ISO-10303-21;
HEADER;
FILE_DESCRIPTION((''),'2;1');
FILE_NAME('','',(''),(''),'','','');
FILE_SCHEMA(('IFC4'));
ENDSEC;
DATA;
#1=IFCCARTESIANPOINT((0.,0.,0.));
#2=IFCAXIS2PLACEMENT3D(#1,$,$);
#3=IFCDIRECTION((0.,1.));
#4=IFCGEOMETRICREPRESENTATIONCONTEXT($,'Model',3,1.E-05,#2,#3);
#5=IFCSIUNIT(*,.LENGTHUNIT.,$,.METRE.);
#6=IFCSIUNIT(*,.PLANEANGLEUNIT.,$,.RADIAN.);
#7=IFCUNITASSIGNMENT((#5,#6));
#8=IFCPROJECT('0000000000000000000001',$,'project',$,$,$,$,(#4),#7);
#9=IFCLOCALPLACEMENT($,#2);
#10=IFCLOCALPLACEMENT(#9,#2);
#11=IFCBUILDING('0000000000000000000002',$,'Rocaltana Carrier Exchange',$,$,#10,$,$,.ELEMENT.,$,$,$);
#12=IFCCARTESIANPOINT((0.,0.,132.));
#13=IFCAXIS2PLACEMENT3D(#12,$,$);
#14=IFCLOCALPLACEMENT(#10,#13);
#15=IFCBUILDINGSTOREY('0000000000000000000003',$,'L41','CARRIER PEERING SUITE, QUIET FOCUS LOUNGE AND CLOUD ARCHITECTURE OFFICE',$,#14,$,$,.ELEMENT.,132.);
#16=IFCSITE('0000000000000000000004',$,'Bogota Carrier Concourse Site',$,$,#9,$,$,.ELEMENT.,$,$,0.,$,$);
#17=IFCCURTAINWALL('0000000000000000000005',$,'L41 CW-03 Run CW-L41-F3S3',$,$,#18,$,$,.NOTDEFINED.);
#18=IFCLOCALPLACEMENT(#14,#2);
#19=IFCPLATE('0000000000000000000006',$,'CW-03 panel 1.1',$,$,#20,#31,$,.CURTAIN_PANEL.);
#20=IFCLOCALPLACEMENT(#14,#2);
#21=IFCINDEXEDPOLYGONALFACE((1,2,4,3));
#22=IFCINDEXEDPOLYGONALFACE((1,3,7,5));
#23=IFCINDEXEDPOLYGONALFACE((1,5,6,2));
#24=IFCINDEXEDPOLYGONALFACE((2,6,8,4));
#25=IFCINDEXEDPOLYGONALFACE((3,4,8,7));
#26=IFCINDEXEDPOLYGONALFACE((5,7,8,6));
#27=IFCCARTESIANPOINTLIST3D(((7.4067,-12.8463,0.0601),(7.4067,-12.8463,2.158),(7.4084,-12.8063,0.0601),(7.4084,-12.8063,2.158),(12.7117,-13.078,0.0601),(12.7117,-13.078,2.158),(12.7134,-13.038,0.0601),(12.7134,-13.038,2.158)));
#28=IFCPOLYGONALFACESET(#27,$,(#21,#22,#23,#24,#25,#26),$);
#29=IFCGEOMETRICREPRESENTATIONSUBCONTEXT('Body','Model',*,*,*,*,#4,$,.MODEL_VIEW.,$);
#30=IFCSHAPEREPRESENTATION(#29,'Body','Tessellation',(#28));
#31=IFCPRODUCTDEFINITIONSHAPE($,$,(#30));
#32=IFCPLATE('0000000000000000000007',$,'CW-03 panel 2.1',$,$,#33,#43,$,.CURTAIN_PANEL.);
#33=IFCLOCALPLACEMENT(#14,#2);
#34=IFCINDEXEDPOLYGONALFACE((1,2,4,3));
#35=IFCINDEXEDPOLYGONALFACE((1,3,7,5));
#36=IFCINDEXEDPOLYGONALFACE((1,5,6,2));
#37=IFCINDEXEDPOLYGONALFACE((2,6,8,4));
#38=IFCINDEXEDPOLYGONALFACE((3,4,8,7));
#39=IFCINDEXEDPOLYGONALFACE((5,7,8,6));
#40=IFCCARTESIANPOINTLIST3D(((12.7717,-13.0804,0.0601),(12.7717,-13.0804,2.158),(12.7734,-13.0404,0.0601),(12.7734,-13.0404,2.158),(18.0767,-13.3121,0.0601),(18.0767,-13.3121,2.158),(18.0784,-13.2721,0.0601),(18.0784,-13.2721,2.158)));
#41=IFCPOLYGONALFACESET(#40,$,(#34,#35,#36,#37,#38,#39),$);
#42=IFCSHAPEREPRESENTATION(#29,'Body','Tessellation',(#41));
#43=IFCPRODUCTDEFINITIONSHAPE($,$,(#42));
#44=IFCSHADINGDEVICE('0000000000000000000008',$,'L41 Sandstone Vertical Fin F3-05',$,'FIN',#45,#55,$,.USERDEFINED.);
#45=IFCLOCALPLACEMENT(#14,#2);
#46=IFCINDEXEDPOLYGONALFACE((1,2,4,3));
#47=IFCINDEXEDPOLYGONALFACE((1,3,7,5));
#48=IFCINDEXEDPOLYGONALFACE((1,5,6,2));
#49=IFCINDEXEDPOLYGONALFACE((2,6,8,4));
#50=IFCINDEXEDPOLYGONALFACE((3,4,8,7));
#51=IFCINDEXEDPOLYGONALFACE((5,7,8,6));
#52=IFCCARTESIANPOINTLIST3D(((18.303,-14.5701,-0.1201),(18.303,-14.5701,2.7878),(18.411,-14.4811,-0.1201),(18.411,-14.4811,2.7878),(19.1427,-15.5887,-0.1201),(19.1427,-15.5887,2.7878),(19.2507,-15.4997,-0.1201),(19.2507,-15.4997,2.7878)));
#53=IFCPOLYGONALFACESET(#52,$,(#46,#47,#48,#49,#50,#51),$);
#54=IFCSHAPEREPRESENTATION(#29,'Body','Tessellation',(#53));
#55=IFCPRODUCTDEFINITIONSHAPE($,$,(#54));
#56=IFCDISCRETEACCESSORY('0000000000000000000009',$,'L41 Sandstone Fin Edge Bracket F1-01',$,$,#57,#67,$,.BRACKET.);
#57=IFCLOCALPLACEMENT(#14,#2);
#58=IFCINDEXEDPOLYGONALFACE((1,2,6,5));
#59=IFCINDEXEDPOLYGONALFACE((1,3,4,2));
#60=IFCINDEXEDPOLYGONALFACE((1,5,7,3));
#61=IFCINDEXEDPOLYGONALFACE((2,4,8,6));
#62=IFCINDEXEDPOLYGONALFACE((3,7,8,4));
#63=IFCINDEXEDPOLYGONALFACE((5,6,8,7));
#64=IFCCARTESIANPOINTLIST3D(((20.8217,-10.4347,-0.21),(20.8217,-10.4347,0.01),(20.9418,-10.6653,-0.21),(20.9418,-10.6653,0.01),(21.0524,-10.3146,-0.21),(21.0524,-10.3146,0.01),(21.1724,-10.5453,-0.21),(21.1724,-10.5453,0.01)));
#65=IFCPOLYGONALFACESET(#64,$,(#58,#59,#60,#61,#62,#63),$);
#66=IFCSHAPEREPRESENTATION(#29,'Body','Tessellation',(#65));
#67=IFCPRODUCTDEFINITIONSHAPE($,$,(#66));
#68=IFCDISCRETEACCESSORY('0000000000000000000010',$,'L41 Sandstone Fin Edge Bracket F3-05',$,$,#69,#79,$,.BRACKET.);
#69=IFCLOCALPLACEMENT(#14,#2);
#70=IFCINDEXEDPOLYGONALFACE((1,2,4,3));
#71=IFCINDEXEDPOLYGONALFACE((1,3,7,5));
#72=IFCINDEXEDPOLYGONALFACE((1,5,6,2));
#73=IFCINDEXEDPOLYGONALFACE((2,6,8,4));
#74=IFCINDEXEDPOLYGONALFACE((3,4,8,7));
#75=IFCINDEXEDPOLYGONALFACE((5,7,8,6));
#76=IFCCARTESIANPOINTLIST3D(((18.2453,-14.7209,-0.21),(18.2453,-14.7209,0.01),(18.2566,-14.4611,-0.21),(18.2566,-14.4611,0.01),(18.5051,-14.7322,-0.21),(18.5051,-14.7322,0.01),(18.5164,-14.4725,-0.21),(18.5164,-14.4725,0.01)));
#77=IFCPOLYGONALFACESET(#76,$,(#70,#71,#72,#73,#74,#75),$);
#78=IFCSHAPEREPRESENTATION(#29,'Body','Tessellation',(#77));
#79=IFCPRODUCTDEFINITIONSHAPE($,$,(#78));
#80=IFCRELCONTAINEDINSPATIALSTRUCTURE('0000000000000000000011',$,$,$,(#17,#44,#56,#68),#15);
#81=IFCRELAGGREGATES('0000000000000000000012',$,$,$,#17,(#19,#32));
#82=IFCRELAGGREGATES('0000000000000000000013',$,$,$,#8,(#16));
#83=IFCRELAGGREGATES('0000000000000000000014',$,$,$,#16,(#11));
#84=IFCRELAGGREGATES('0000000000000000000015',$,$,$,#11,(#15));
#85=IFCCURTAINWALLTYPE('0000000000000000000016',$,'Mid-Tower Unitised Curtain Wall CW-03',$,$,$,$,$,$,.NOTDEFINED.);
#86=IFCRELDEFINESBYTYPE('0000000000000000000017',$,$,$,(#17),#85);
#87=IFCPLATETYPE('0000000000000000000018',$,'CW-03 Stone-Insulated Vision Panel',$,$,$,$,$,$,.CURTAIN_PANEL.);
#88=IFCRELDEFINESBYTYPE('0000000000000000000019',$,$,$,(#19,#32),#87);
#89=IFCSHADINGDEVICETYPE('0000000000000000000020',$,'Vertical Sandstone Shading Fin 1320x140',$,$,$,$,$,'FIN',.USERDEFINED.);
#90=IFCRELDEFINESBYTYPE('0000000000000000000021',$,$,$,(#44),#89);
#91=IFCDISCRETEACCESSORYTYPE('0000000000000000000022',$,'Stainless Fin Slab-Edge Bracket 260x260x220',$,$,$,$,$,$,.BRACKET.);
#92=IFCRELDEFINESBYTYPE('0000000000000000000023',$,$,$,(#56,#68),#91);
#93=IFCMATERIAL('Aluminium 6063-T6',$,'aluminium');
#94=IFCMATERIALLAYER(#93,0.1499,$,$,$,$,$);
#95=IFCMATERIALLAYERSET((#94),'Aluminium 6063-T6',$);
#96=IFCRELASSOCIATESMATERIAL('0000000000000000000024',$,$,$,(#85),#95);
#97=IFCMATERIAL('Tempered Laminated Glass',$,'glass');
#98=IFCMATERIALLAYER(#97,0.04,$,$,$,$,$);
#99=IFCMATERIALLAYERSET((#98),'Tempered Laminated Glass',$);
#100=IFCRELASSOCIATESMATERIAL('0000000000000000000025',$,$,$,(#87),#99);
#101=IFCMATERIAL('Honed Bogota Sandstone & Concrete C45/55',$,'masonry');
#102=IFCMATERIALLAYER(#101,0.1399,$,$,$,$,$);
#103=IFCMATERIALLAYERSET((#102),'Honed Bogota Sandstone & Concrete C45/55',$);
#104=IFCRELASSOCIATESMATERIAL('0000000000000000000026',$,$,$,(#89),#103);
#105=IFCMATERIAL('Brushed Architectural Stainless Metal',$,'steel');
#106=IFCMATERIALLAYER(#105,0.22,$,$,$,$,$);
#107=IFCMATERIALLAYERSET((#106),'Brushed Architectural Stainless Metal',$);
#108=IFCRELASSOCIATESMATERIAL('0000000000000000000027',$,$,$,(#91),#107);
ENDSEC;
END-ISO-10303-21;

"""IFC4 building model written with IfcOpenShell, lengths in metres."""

from ifc_helpers import new_model, si_unit, direction, frame, origin, origin_2d, place, context, subcontext, project, spatial, rectangle, extrude, material, layer, layer_set, type_object, element, aggregate, save


model = new_model("IFC4")

# Units and contexts
model_context = context("Model", 3, precision=1e-05, world=origin(), true_north=direction((0.0, 1.0)))
body_context = subcontext(model_context, "Body", "Model", "MODEL_VIEW")
ifc_project = project(units=[si_unit("LENGTHUNIT", "METRE"), si_unit("PLANEANGLEUNIT", "RADIAN")], contexts=[model_context])

# Site, building, storey
site_placement = place(None, origin())
site = spatial("IfcSite", under=ifc_project, at=site_placement, Name="Bogota Carrier Concourse Site", CompositionType="ELEMENT", RefElevation=0.0)
building_placement = place(site_placement, origin())
building = spatial("IfcBuilding", under=site, at=building_placement, Name="Rocaltana Carrier Exchange", CompositionType="ELEMENT")
storey_placement = place(building_placement, frame((0.0, 0.0, 132.0)))
storey = spatial("IfcBuildingStorey", under=building, at=storey_placement, Name="L41", Description="CARRIER PEERING SUITE, QUIET FOCUS LOUNGE AND CLOUD ARCHITECTURE OFFICE", CompositionType="ELEMENT", Elevation=132.0)

# Shared definitions
ifc_material_1 = material(Name="Aluminium 6063-T6", Category="aluminium")
ifc_layer_1 = layer(ifc_material_1, 0.1499)
ifc_layer_set_1 = layer_set([ifc_layer_1], Name="Aluminium 6063-T6")
curtain_wall_type = type_object("IfcCurtainWallType", Name="Mid-Tower Unitised Curtain Wall CW-03", PredefinedType="NOTDEFINED", material=ifc_layer_set_1)

# Curtain wall
curtain_wall_1_placement = place(storey_placement, origin())
curtain_wall_1 = element("IfcCurtainWall", 1, at=curtain_wall_1_placement, inside=storey, type_object=curtain_wall_type, Name="L41 CW-03 Run CW-L41-F3S3", PredefinedType="NOTDEFINED")

# Plates
ifc_material_2 = material(Name="Tempered Laminated Glass", Category="glass")
ifc_layer_2 = layer(ifc_material_2, 0.04)
ifc_layer_set_2 = layer_set([ifc_layer_2], Name="Tempered Laminated Glass")
plate_type = type_object("IfcPlateType", Name="CW-03 Stone-Insulated Vision Panel", PredefinedType="CURTAIN_PANEL", material=ifc_layer_set_2)
plate_1_placement = place(storey_placement, frame((10.0601, -12.9421, 0.0601), z_axis=(0.0, 0.0, 1.0), x_axis=(0.999048, -0.043629, 0.0)))
plate_1 = element("IfcPlate", 2, at=plate_1_placement, type_object=plate_type, Name="CW-03 panel 1.1", PredefinedType="CURTAIN_PANEL", context=body_context, shape_type="SweptSolid", body=[
    extrude(rectangle(XDim=5.3101, YDim=0.04, at=origin_2d()), origin(), (0.0, 0.0, 1.0), 2.0979),
])
plate_2_placement = place(storey_placement, frame((15.425, -13.1763, 0.0601), z_axis=(0.0, 0.0, 1.0), x_axis=(0.999048, -0.043629, 0.0)))
plate_2 = element("IfcPlate", 3, at=plate_2_placement, type_object=plate_type, Name="CW-03 panel 2.1", PredefinedType="CURTAIN_PANEL", context=body_context, shape_type="SweptSolid", body=[
    extrude(rectangle(XDim=5.3101, YDim=0.04, at=origin_2d()), origin(), (0.0, 0.0, 1.0), 2.0979),
])
aggregate(curtain_wall_1, [plate_1, plate_2])

# Shading device
ifc_material_3 = material(Name="Honed Bogota Sandstone & Concrete C45/55", Category="masonry")
ifc_layer_3 = layer(ifc_material_3, 0.1399)
ifc_layer_set_3 = layer_set([ifc_layer_3], Name="Honed Bogota Sandstone & Concrete C45/55")
shading_device_type = type_object("IfcShadingDeviceType", Name="Vertical Sandstone Shading Fin 1320x140", ElementType="FIN", PredefinedType="USERDEFINED", material=ifc_layer_set_3)
shading_device_placement = place(storey_placement, frame((18.7769, -15.0349, -0.1201), z_axis=(0.0, 0.0, 1.0), x_axis=(0.636078, -0.771625, 0.0)))
element("IfcShadingDevice", 4, at=shading_device_placement, inside=storey, type_object=shading_device_type, Name="L41 Sandstone Vertical Fin F3-05", ObjectType="FIN", PredefinedType="USERDEFINED", context=body_context, shape_type="SweptSolid", body=[
    extrude(rectangle(XDim=1.3201, YDim=0.1399, at=origin_2d()), origin(), (0.0, 0.0, 1.0), 2.908),
])

# Discrete accessories
ifc_material_4 = material(Name="Brushed Architectural Stainless Metal", Category="steel")
ifc_layer_4 = layer(ifc_material_4, 0.22)
ifc_layer_set_4 = layer_set([ifc_layer_4], Name="Brushed Architectural Stainless Metal")
discrete_accessory_type = type_object("IfcDiscreteAccessoryType", Name="Stainless Fin Slab-Edge Bracket 260x260x220", PredefinedType="BRACKET", material=ifc_layer_set_4)
for number, where, z_axis, x_axis, name in (
    (5, (20.9971, -10.49, -0.21), (0.0, 0.0, 1.0), (-0.461749, 0.887011, 0.0), "L41 Sandstone Fin Edge Bracket F1-01"),
    (6, (18.3809, -14.5967, -0.21), (0.0, 0.0, 1.0), (0.999048, -0.043619, 0.0), "L41 Sandstone Fin Edge Bracket F3-05"),
):
    element("IfcDiscreteAccessory", number, at=place(storey_placement, frame(where, z_axis=z_axis, x_axis=x_axis)), inside=storey, type_object=discrete_accessory_type, Name=name, PredefinedType="BRACKET", context=body_context, shape_type="SweptSolid", body=[
        extrude(rectangle(XDim=0.26, YDim=0.26, at=origin_2d()), origin(), (0.0, 0.0, 1.0), 0.22),
    ])

save(model, "model.ifc")
